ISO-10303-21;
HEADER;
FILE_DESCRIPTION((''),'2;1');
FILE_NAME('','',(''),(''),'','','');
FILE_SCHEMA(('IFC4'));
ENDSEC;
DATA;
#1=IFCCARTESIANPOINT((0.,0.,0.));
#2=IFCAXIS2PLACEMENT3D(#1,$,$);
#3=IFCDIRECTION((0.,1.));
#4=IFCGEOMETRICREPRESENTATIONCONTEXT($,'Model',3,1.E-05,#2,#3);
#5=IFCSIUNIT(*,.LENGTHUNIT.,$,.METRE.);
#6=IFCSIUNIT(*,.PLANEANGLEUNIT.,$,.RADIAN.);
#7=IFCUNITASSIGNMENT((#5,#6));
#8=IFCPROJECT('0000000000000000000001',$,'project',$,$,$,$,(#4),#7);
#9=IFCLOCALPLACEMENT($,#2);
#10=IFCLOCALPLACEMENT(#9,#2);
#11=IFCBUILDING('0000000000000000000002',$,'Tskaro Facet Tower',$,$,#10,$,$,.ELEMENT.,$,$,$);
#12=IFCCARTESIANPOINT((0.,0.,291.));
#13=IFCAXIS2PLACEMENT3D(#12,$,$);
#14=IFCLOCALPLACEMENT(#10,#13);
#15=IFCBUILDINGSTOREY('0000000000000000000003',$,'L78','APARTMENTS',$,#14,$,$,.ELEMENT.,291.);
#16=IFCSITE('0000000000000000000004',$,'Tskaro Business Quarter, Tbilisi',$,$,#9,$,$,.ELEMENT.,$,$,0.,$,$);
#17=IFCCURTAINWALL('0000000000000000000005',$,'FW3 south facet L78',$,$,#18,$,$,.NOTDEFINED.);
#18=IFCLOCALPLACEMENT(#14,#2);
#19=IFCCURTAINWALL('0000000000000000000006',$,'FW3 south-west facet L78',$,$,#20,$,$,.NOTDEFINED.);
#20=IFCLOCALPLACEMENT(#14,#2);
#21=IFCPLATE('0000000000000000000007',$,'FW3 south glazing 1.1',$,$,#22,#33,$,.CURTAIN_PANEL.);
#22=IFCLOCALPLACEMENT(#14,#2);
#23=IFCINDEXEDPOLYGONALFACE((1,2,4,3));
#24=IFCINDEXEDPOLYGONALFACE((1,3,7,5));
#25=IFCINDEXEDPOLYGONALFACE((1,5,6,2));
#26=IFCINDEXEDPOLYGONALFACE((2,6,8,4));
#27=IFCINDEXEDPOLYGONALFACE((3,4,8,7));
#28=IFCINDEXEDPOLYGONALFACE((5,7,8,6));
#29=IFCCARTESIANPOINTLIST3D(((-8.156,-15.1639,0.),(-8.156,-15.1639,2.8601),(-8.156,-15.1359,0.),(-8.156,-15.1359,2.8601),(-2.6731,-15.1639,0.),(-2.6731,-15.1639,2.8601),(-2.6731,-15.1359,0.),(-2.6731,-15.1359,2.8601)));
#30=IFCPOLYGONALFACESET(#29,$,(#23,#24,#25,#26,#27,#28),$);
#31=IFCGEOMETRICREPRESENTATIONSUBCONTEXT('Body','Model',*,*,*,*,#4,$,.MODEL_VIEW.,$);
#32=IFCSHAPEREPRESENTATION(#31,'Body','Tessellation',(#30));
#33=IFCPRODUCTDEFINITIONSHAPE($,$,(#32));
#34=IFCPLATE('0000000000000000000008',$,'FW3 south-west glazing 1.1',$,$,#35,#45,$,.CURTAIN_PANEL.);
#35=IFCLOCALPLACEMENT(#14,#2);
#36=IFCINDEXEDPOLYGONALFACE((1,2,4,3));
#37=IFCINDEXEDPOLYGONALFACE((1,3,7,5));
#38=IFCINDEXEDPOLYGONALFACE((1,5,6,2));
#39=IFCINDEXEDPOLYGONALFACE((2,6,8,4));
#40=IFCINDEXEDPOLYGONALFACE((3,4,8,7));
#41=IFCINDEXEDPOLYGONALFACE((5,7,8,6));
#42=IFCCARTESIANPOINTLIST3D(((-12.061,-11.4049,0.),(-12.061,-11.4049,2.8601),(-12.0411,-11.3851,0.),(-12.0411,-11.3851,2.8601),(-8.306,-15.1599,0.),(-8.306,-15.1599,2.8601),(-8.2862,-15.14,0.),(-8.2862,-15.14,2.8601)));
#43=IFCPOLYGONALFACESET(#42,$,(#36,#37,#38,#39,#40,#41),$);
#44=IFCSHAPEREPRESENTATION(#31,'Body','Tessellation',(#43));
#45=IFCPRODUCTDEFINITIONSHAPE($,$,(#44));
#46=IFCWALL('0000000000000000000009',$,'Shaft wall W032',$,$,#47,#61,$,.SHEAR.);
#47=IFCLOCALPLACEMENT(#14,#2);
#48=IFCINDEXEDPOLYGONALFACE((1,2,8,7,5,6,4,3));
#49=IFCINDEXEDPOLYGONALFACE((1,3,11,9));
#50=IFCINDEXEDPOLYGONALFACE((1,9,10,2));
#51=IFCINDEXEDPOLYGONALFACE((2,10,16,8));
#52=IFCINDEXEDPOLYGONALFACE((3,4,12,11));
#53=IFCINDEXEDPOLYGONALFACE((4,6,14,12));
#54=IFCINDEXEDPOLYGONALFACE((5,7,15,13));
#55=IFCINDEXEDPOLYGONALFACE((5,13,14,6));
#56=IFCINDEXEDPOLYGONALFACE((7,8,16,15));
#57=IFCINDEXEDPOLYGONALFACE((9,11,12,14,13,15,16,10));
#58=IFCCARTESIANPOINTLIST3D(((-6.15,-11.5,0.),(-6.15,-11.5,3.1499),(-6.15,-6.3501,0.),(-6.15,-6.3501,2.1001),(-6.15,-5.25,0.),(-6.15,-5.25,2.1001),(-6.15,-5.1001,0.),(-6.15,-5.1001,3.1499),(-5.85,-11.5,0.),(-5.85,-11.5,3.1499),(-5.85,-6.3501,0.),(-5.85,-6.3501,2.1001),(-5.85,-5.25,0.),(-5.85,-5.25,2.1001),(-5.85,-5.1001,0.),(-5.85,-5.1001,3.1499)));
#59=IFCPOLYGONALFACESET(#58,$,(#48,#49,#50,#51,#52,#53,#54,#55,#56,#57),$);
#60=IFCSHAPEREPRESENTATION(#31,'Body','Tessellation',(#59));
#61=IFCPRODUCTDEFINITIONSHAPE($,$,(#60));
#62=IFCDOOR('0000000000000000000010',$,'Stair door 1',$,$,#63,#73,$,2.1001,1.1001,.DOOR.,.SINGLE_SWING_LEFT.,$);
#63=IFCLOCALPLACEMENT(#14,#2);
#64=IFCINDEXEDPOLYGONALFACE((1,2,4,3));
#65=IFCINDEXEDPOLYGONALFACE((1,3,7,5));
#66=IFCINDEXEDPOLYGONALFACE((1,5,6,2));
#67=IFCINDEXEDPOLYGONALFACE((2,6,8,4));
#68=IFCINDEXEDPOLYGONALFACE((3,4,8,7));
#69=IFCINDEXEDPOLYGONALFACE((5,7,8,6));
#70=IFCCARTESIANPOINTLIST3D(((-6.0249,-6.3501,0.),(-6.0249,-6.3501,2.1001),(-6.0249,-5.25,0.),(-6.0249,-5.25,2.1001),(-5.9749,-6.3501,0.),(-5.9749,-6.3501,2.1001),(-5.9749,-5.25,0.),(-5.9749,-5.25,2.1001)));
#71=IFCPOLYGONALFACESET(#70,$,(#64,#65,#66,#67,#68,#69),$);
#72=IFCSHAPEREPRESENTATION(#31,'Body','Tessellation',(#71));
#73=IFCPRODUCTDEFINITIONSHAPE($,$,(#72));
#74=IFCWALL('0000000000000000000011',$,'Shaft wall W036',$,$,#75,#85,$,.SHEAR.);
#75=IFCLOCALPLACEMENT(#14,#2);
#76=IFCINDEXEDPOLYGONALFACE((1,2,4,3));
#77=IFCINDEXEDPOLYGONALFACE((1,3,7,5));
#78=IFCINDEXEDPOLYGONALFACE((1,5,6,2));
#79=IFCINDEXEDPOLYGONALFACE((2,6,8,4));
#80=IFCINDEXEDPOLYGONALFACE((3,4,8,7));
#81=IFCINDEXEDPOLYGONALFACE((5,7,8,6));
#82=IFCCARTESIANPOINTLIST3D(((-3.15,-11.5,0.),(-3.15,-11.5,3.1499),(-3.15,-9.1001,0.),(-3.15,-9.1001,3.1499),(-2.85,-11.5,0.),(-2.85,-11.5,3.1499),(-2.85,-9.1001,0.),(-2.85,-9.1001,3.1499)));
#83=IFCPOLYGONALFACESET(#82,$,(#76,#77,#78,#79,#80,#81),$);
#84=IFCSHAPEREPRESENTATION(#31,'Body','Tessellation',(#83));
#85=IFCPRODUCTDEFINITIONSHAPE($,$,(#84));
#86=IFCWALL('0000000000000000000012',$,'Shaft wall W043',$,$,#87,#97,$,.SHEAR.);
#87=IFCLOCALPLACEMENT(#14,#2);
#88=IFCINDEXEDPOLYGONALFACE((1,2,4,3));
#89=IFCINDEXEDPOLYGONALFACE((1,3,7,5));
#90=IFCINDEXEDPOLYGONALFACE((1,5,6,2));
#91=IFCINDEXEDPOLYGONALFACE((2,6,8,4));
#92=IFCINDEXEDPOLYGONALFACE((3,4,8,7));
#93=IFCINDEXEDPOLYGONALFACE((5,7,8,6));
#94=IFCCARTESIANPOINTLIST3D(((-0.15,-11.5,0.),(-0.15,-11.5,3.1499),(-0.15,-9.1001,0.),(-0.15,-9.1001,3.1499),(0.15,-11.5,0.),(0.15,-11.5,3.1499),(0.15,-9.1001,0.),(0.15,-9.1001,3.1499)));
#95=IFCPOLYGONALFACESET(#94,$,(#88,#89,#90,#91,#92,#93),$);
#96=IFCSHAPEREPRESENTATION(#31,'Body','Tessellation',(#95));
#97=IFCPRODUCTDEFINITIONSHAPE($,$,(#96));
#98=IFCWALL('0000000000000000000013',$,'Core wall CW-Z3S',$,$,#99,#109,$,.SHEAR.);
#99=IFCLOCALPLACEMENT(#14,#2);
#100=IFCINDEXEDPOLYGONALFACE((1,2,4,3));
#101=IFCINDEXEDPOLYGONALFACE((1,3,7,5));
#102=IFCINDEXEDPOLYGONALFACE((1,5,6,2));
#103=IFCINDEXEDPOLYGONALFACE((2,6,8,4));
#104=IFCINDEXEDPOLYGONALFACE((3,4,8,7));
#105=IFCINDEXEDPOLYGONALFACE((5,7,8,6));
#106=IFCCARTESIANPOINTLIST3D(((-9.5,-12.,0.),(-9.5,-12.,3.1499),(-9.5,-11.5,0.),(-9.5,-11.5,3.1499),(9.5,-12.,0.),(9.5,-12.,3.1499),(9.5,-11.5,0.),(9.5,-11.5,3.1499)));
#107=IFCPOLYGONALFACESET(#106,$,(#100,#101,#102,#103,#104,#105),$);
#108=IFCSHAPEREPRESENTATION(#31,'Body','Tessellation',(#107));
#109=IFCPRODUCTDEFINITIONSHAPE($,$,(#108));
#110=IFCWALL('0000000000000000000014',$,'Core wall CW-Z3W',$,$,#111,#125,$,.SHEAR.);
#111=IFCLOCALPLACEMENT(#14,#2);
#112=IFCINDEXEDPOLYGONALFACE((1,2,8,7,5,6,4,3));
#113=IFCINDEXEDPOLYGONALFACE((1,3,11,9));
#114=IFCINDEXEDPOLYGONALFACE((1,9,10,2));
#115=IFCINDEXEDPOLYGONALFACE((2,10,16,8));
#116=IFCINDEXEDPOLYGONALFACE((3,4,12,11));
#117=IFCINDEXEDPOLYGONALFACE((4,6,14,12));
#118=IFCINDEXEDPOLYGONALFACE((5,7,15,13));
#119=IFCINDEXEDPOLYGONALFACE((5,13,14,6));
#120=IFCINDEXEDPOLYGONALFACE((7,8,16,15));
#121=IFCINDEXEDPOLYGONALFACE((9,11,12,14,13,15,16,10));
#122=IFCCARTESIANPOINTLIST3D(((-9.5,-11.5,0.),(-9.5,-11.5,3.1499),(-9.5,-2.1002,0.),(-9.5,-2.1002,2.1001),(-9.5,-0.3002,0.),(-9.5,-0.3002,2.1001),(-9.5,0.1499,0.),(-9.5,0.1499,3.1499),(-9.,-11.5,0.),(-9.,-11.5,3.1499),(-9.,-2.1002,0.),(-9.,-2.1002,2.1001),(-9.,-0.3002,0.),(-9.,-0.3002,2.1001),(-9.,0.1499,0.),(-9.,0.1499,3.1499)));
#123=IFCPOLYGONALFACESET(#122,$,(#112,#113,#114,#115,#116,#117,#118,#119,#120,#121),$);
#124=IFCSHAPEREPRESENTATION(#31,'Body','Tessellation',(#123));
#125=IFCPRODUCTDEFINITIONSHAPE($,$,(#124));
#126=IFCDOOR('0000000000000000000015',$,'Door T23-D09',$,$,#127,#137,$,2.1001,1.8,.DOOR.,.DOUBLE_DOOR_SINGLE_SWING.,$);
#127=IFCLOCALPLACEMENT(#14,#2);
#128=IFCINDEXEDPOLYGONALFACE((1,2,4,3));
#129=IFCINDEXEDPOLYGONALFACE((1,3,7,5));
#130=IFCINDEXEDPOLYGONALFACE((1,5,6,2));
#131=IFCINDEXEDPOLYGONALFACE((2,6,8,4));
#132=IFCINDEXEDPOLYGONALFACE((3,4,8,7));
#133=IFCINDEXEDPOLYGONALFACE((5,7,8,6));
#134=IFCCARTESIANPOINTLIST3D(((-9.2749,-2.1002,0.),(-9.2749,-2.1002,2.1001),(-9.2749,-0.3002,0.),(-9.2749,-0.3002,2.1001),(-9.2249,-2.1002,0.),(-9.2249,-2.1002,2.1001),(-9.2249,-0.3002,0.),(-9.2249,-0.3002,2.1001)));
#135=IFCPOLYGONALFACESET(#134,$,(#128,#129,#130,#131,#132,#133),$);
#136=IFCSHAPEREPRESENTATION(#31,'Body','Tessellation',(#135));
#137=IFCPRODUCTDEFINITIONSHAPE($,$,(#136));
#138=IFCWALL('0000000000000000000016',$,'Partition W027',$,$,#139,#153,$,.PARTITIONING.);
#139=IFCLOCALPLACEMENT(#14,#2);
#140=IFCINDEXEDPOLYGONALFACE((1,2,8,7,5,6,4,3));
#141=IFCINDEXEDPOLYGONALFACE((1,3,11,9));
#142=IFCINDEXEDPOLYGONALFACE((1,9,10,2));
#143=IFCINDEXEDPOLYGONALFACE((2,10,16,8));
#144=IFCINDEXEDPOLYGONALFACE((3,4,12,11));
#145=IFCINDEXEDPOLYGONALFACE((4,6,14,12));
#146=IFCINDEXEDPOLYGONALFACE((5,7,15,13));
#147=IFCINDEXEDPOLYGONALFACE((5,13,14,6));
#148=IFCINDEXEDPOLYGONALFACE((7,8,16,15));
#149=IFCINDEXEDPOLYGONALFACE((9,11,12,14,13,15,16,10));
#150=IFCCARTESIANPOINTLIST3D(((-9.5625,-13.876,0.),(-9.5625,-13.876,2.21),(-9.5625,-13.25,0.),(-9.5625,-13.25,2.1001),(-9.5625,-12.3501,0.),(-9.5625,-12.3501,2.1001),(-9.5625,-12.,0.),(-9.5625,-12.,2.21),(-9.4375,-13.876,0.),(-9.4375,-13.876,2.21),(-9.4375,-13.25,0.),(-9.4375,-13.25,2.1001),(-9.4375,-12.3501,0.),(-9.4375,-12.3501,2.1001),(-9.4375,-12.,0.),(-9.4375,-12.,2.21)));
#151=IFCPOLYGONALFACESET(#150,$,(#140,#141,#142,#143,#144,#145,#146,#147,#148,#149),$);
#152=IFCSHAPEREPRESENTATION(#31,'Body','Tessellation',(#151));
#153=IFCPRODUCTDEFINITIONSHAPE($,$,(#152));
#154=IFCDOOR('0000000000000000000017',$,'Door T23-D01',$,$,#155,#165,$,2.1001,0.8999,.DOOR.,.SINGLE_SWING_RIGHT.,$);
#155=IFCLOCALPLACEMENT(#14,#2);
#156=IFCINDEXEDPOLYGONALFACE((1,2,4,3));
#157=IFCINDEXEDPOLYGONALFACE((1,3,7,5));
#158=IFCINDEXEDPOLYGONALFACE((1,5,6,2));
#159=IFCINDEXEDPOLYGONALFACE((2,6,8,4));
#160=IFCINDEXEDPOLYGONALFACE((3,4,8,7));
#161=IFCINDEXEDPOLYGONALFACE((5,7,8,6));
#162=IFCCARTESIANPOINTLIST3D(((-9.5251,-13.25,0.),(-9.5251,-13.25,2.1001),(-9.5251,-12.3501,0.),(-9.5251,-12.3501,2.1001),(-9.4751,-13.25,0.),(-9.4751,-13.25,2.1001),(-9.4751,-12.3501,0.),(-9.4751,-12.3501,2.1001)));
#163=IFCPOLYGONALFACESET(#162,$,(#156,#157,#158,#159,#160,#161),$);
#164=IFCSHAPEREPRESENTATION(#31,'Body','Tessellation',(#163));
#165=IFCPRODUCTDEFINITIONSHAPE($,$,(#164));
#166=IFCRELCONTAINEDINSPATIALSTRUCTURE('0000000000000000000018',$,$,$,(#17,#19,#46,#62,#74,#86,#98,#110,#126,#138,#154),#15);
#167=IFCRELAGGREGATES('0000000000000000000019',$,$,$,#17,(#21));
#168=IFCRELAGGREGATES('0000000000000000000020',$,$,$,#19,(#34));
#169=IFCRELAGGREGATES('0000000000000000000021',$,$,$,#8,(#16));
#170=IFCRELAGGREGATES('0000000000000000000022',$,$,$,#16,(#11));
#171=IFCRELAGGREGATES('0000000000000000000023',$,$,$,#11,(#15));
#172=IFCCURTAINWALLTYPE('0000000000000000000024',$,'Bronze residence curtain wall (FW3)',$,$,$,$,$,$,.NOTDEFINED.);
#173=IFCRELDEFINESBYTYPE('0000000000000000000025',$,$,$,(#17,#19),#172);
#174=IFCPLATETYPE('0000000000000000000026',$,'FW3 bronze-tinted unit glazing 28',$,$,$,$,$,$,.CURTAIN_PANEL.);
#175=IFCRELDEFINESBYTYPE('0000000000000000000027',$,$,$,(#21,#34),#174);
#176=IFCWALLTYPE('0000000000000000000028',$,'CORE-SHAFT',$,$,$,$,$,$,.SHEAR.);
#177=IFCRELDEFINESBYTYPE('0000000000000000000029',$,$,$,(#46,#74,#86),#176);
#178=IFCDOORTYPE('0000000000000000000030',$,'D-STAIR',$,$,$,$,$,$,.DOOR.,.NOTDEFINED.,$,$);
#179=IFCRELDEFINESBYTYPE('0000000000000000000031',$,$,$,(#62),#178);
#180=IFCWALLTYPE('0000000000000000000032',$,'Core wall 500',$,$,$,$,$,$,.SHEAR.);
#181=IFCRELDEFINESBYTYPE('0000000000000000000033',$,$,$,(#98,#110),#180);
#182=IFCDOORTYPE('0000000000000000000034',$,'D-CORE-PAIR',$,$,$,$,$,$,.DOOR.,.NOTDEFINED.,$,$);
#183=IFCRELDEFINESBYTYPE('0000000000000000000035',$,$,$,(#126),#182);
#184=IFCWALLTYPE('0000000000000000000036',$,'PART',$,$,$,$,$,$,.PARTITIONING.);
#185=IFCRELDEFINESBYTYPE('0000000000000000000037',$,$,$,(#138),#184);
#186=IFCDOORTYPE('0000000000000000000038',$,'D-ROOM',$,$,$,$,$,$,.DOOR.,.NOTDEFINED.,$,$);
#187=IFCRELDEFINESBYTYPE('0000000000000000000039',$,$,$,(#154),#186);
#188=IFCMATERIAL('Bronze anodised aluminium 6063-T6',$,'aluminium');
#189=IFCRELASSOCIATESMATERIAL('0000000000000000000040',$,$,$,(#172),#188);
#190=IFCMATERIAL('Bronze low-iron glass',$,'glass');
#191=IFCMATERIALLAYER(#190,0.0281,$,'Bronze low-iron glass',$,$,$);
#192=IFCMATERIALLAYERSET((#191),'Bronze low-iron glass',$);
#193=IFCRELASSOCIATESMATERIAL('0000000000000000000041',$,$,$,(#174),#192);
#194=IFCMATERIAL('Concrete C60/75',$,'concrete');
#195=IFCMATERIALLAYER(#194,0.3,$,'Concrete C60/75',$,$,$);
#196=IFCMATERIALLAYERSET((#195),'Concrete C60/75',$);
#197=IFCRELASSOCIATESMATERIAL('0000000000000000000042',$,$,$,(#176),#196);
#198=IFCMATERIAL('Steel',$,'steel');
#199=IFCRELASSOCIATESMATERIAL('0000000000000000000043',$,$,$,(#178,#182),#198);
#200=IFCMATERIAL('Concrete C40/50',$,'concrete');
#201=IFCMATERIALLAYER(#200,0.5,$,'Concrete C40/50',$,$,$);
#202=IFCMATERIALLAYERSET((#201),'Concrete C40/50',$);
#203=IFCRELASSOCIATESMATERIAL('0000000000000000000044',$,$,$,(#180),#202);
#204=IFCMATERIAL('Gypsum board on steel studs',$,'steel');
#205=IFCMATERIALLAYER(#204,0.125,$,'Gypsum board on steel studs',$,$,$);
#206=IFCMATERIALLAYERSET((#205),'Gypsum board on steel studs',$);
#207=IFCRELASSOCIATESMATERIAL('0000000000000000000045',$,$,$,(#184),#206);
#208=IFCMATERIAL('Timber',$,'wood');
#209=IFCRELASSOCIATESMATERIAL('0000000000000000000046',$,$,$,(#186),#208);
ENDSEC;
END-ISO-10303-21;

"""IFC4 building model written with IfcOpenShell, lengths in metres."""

from ifc_helpers import new_model, si_unit, direction, frame, frame_2d, origin, origin_2d, place, context, subcontext, project, spatial, rectangle, extrude, material, layer, layer_set, type_object, element, fill, aggregate, save


model = new_model("IFC4")

# Units and contexts
model_context = context("Model", 3, precision=1e-05, world=origin(), true_north=direction((0.0, 1.0)))
body_context = subcontext(model_context, "Body", "Model", "MODEL_VIEW")
ifc_project = project(units=[si_unit("LENGTHUNIT", "METRE"), si_unit("PLANEANGLEUNIT", "RADIAN")], contexts=[model_context])

# Site, building, storey
site_placement = place(None, origin())
site = spatial("IfcSite", under=ifc_project, at=site_placement, Name="Tskaro Business Quarter, Tbilisi", CompositionType="ELEMENT", RefElevation=0.0)
building_placement = place(site_placement, origin())
building = spatial("IfcBuilding", under=site, at=building_placement, Name="Tskaro Facet Tower", CompositionType="ELEMENT")
storey_placement = place(building_placement, frame((0.0, 0.0, 291.0)))
storey = spatial("IfcBuildingStorey", under=building, at=storey_placement, Name="L78", Description="APARTMENTS", CompositionType="ELEMENT", Elevation=291.0)

# Curtain walls
ifc_material_1 = material(Name="Bronze anodised aluminium 6063-T6", Category="aluminium")
curtain_wall_type = type_object("IfcCurtainWallType", Name="Bronze residence curtain wall (FW3)", PredefinedType="NOTDEFINED", material=ifc_material_1)
curtain_wall_1_placement = place(storey_placement, origin())
curtain_wall_1 = element("IfcCurtainWall", 1, at=curtain_wall_1_placement, inside=storey, type_object=curtain_wall_type, Name="FW3 south facet L78", PredefinedType="NOTDEFINED")
curtain_wall_2_placement = place(storey_placement, origin())
curtain_wall_2 = element("IfcCurtainWall", 2, at=curtain_wall_2_placement, inside=storey, type_object=curtain_wall_type, Name="FW3 south-west facet L78", PredefinedType="NOTDEFINED")

# Plates
ifc_material_2 = material(Name="Bronze low-iron glass", Category="glass")
ifc_layer_1 = layer(ifc_material_2, 0.0281, Name="Bronze low-iron glass")
ifc_layer_set_1 = layer_set([ifc_layer_1], Name="Bronze low-iron glass")
plate_type = type_object("IfcPlateType", Name="FW3 bronze-tinted unit glazing 28", PredefinedType="CURTAIN_PANEL", material=ifc_layer_set_1)
plate_1_placement = place(storey_placement, frame((-5.4146, -15.1499, 0.0), z_axis=(0.0, 0.0, 1.0), x_axis=(1.0, 0.0, 0.0)))
plate_1 = element("IfcPlate", 3, at=plate_1_placement, type_object=plate_type, Name="FW3 south glazing 1.1", PredefinedType="CURTAIN_PANEL", context=body_context, shape_type="SweptSolid", body=[
    extrude(rectangle(XDim=5.4829, YDim=0.0281, at=origin_2d()), origin(), (0.0, 0.0, 1.0), 2.8601),
])
aggregate(curtain_wall_1, [plate_1])
plate_2_placement = place(storey_placement, frame((-10.1736, -13.2725, 0.0), z_axis=(0.0, 0.0, 1.0), x_axis=(0.707107, -0.707107, 0.0)))
plate_2 = element("IfcPlate", 4, at=plate_2_placement, type_object=plate_type, Name="FW3 south-west glazing 1.1", PredefinedType="CURTAIN_PANEL", context=body_context, shape_type="SweptSolid", body=[
    extrude(rectangle(XDim=5.3103, YDim=0.0281, at=origin_2d()), origin(), (0.0, 0.0, 1.0), 2.8601),
])
aggregate(curtain_wall_2, [plate_2])

# Wall, opening, door
ifc_material_3 = material(Name="Concrete C60/75", Category="concrete")
ifc_layer_2 = layer(ifc_material_3, 0.3, Name="Concrete C60/75")
ifc_layer_set_2 = layer_set([ifc_layer_2], Name="Concrete C60/75")
wall_type_1 = type_object("IfcWallType", Name="CORE-SHAFT", PredefinedType="SHEAR", material=ifc_layer_set_2)
wall_1_placement = place(storey_placement, frame((-6.0, -11.5, 0.0), z_axis=(0.0, 0.0, 1.0), x_axis=(0.0, 1.0, 0.0)))
wall_1 = element("IfcWall", 5, at=wall_1_placement, inside=storey, type_object=wall_type_1, Name="Shaft wall W032", PredefinedType="SHEAR", context=body_context, shape_type="SweptSolid", body=[
    extrude(rectangle(XDim=6.3999, YDim=0.3, at=frame_2d((3.2, 0.0))), origin(), (0.0, 0.0, 1.0), 3.1499),
])
opening_1_placement = place(wall_1_placement, frame((5.1499, 0.0, 0.0)))
opening_1 = element("IfcOpeningElement", 6, at=opening_1_placement, cuts=wall_1, PredefinedType="OPENING", context=body_context, shape_type="SweptSolid", body=[
    extrude(rectangle(XDim=1.1001, YDim=2.1001, at=frame_2d((0.55, 1.05))), frame((0.0, 0.1599, 0.0), z_axis=(0.0, -1.0, 0.0), x_axis=(1.0, 0.0, 0.0)), (0.0, 0.0, 1.0), 0.3201),
])
ifc_material_4 = material(Name="Steel", Category="steel")
door_type_1 = type_object("IfcDoorType", Name="D-STAIR", OperationType="NOTDEFINED", PredefinedType="DOOR", material=ifc_material_4)
door_1_placement = place(opening_1_placement, origin())
door_1 = element("IfcDoor", 7, at=door_1_placement, inside=storey, type_object=door_type_1, Name="Stair door 1", OperationType="SINGLE_SWING_LEFT", OverallHeight=2.1001, OverallWidth=1.1001, PredefinedType="DOOR", context=body_context, shape_type="SweptSolid", body=[
    extrude(rectangle(XDim=1.1001, YDim=2.1001, at=frame_2d((0.55, 1.05))), frame((0.0, 0.0249, 0.0), z_axis=(0.0, -1.0, 0.0), x_axis=(1.0, 0.0, 0.0)), (0.0, 0.0, 1.0), 0.05),
])
fill(opening_1, door_1)

# Walls
for number, where, z_axis, x_axis, name in (
    (8, (-3.0, -11.5, 0.0), (0.0, 0.0, 1.0), (0.0, 1.0, 0.0), "Shaft wall W036"),
    (9, (0.0, -11.5, 0.0), (0.0, 0.0, 1.0), (0.0, 1.0, 0.0), "Shaft wall W043"),
):
    element("IfcWall", number, at=place(storey_placement, frame(where, z_axis=z_axis, x_axis=x_axis)), inside=storey, type_object=wall_type_1, Name=name, PredefinedType="SHEAR", context=body_context, shape_type="SweptSolid", body=[
        extrude(rectangle(XDim=2.3999, YDim=0.3, at=frame_2d((1.2, 0.0))), origin(), (0.0, 0.0, 1.0), 3.1499),
    ])
ifc_material_5 = material(Name="Concrete C40/50", Category="concrete")
ifc_layer_3 = layer(ifc_material_5, 0.5, Name="Concrete C40/50")
ifc_layer_set_3 = layer_set([ifc_layer_3], Name="Concrete C40/50")
wall_type_2 = type_object("IfcWallType", Name="Core wall 500", PredefinedType="SHEAR", material=ifc_layer_set_3)
wall_2_placement = place(storey_placement, frame((-9.5, -11.75, 0.0), z_axis=(0.0, 0.0, 1.0), x_axis=(1.0, 0.0, 0.0)))
element("IfcWall", 10, at=wall_2_placement, inside=storey, type_object=wall_type_2, Name="Core wall CW-Z3S", PredefinedType="SHEAR", context=body_context, shape_type="SweptSolid", body=[
    extrude(rectangle(XDim=19.0, YDim=0.5, at=frame_2d((9.5, 0.0))), origin(), (0.0, 0.0, 1.0), 3.1499),
])

# Walls, openings, doors
wall_3_placement = place(storey_placement, frame((-9.25, -11.5, 0.0), z_axis=(0.0, 0.0, 1.0), x_axis=(0.0, 1.0, 0.0)))
wall_3 = element("IfcWall", 11, at=wall_3_placement, inside=storey, type_object=wall_type_2, Name="Core wall CW-Z3W", PredefinedType="SHEAR", context=body_context, shape_type="SweptSolid", body=[
    extrude(rectangle(XDim=11.6499, YDim=0.5, at=frame_2d((5.825, 0.0))), origin(), (0.0, 0.0, 1.0), 3.1499),
])
opening_2_placement = place(wall_3_placement, frame((9.3999, 0.0, 0.0)))
opening_2 = element("IfcOpeningElement", 12, at=opening_2_placement, cuts=wall_3, PredefinedType="OPENING", context=body_context, shape_type="SweptSolid", body=[
    extrude(rectangle(XDim=1.8, YDim=2.1001, at=frame_2d((0.8999, 1.05))), frame((0.0, 0.26, 0.0), z_axis=(0.0, -1.0, 0.0), x_axis=(1.0, 0.0, 0.0)), (0.0, 0.0, 1.0), 0.52),
])
door_type_2 = type_object("IfcDoorType", Name="D-CORE-PAIR", OperationType="NOTDEFINED", PredefinedType="DOOR", material=ifc_material_4)
door_2_placement = place(opening_2_placement, origin())
door_2 = element("IfcDoor", 13, at=door_2_placement, inside=storey, type_object=door_type_2, Name="Door T23-D09", OperationType="DOUBLE_DOOR_SINGLE_SWING", OverallHeight=2.1001, OverallWidth=1.8, PredefinedType="DOOR", context=body_context, shape_type="SweptSolid", body=[
    extrude(rectangle(XDim=1.8, YDim=2.1001, at=frame_2d((0.8999, 1.05))), frame((0.0, 0.0249, 0.0), z_axis=(0.0, -1.0, 0.0), x_axis=(1.0, 0.0, 0.0)), (0.0, 0.0, 1.0), 0.05),
])
fill(opening_2, door_2)
ifc_material_6 = material(Name="Gypsum board on steel studs", Category="steel")
ifc_layer_4 = layer(ifc_material_6, 0.125, Name="Gypsum board on steel studs")
ifc_layer_set_4 = layer_set([ifc_layer_4], Name="Gypsum board on steel studs")
wall_type_3 = type_object("IfcWallType", Name="PART", PredefinedType="PARTITIONING", material=ifc_layer_set_4)
wall_4_placement = place(storey_placement, frame((-9.5, -12.0, 0.0), z_axis=(0.0, 0.0, 1.0), x_axis=(0.0, -1.0, 0.0)))
wall_4 = element("IfcWall", 14, at=wall_4_placement, inside=storey, type_object=wall_type_3, Name="Partition W027", PredefinedType="PARTITIONING", context=body_context, shape_type="SweptSolid", body=[
    extrude(rectangle(XDim=1.876, YDim=0.125, at=frame_2d((0.938, 0.0))), origin(), (0.0, 0.0, 1.0), 2.21),
])
opening_3_placement = place(wall_4_placement, frame((0.3501, 0.0, 0.0)))
opening_3 = element("IfcOpeningElement", 15, at=opening_3_placement, cuts=wall_4, PredefinedType="OPENING", context=body_context, shape_type="SweptSolid", body=[
    extrude(rectangle(XDim=0.8999, YDim=2.1001, at=frame_2d((0.45, 1.05))), frame((0.0, 0.0725, 0.0), z_axis=(0.0, -1.0, 0.0), x_axis=(1.0, 0.0, 0.0)), (0.0, 0.0, 1.0), 0.145),
])
ifc_material_7 = material(Name="Timber", Category="wood")
door_type_3 = type_object("IfcDoorType", Name="D-ROOM", OperationType="NOTDEFINED", PredefinedType="DOOR", material=ifc_material_7)
door_3_placement = place(opening_3_placement, origin())
door_3 = element("IfcDoor", 16, at=door_3_placement, inside=storey, type_object=door_type_3, Name="Door T23-D01", OperationType="SINGLE_SWING_RIGHT", OverallHeight=2.1001, OverallWidth=0.8999, PredefinedType="DOOR", context=body_context, shape_type="SweptSolid", body=[
    extrude(rectangle(XDim=0.8999, YDim=2.1001, at=frame_2d((0.45, 1.05))), frame((0.0, 0.0249, 0.0), z_axis=(0.0, -1.0, 0.0), x_axis=(1.0, 0.0, 0.0)), (0.0, 0.0, 1.0), 0.05),
])
fill(opening_3, door_3)

save(model, "model.ifc")
